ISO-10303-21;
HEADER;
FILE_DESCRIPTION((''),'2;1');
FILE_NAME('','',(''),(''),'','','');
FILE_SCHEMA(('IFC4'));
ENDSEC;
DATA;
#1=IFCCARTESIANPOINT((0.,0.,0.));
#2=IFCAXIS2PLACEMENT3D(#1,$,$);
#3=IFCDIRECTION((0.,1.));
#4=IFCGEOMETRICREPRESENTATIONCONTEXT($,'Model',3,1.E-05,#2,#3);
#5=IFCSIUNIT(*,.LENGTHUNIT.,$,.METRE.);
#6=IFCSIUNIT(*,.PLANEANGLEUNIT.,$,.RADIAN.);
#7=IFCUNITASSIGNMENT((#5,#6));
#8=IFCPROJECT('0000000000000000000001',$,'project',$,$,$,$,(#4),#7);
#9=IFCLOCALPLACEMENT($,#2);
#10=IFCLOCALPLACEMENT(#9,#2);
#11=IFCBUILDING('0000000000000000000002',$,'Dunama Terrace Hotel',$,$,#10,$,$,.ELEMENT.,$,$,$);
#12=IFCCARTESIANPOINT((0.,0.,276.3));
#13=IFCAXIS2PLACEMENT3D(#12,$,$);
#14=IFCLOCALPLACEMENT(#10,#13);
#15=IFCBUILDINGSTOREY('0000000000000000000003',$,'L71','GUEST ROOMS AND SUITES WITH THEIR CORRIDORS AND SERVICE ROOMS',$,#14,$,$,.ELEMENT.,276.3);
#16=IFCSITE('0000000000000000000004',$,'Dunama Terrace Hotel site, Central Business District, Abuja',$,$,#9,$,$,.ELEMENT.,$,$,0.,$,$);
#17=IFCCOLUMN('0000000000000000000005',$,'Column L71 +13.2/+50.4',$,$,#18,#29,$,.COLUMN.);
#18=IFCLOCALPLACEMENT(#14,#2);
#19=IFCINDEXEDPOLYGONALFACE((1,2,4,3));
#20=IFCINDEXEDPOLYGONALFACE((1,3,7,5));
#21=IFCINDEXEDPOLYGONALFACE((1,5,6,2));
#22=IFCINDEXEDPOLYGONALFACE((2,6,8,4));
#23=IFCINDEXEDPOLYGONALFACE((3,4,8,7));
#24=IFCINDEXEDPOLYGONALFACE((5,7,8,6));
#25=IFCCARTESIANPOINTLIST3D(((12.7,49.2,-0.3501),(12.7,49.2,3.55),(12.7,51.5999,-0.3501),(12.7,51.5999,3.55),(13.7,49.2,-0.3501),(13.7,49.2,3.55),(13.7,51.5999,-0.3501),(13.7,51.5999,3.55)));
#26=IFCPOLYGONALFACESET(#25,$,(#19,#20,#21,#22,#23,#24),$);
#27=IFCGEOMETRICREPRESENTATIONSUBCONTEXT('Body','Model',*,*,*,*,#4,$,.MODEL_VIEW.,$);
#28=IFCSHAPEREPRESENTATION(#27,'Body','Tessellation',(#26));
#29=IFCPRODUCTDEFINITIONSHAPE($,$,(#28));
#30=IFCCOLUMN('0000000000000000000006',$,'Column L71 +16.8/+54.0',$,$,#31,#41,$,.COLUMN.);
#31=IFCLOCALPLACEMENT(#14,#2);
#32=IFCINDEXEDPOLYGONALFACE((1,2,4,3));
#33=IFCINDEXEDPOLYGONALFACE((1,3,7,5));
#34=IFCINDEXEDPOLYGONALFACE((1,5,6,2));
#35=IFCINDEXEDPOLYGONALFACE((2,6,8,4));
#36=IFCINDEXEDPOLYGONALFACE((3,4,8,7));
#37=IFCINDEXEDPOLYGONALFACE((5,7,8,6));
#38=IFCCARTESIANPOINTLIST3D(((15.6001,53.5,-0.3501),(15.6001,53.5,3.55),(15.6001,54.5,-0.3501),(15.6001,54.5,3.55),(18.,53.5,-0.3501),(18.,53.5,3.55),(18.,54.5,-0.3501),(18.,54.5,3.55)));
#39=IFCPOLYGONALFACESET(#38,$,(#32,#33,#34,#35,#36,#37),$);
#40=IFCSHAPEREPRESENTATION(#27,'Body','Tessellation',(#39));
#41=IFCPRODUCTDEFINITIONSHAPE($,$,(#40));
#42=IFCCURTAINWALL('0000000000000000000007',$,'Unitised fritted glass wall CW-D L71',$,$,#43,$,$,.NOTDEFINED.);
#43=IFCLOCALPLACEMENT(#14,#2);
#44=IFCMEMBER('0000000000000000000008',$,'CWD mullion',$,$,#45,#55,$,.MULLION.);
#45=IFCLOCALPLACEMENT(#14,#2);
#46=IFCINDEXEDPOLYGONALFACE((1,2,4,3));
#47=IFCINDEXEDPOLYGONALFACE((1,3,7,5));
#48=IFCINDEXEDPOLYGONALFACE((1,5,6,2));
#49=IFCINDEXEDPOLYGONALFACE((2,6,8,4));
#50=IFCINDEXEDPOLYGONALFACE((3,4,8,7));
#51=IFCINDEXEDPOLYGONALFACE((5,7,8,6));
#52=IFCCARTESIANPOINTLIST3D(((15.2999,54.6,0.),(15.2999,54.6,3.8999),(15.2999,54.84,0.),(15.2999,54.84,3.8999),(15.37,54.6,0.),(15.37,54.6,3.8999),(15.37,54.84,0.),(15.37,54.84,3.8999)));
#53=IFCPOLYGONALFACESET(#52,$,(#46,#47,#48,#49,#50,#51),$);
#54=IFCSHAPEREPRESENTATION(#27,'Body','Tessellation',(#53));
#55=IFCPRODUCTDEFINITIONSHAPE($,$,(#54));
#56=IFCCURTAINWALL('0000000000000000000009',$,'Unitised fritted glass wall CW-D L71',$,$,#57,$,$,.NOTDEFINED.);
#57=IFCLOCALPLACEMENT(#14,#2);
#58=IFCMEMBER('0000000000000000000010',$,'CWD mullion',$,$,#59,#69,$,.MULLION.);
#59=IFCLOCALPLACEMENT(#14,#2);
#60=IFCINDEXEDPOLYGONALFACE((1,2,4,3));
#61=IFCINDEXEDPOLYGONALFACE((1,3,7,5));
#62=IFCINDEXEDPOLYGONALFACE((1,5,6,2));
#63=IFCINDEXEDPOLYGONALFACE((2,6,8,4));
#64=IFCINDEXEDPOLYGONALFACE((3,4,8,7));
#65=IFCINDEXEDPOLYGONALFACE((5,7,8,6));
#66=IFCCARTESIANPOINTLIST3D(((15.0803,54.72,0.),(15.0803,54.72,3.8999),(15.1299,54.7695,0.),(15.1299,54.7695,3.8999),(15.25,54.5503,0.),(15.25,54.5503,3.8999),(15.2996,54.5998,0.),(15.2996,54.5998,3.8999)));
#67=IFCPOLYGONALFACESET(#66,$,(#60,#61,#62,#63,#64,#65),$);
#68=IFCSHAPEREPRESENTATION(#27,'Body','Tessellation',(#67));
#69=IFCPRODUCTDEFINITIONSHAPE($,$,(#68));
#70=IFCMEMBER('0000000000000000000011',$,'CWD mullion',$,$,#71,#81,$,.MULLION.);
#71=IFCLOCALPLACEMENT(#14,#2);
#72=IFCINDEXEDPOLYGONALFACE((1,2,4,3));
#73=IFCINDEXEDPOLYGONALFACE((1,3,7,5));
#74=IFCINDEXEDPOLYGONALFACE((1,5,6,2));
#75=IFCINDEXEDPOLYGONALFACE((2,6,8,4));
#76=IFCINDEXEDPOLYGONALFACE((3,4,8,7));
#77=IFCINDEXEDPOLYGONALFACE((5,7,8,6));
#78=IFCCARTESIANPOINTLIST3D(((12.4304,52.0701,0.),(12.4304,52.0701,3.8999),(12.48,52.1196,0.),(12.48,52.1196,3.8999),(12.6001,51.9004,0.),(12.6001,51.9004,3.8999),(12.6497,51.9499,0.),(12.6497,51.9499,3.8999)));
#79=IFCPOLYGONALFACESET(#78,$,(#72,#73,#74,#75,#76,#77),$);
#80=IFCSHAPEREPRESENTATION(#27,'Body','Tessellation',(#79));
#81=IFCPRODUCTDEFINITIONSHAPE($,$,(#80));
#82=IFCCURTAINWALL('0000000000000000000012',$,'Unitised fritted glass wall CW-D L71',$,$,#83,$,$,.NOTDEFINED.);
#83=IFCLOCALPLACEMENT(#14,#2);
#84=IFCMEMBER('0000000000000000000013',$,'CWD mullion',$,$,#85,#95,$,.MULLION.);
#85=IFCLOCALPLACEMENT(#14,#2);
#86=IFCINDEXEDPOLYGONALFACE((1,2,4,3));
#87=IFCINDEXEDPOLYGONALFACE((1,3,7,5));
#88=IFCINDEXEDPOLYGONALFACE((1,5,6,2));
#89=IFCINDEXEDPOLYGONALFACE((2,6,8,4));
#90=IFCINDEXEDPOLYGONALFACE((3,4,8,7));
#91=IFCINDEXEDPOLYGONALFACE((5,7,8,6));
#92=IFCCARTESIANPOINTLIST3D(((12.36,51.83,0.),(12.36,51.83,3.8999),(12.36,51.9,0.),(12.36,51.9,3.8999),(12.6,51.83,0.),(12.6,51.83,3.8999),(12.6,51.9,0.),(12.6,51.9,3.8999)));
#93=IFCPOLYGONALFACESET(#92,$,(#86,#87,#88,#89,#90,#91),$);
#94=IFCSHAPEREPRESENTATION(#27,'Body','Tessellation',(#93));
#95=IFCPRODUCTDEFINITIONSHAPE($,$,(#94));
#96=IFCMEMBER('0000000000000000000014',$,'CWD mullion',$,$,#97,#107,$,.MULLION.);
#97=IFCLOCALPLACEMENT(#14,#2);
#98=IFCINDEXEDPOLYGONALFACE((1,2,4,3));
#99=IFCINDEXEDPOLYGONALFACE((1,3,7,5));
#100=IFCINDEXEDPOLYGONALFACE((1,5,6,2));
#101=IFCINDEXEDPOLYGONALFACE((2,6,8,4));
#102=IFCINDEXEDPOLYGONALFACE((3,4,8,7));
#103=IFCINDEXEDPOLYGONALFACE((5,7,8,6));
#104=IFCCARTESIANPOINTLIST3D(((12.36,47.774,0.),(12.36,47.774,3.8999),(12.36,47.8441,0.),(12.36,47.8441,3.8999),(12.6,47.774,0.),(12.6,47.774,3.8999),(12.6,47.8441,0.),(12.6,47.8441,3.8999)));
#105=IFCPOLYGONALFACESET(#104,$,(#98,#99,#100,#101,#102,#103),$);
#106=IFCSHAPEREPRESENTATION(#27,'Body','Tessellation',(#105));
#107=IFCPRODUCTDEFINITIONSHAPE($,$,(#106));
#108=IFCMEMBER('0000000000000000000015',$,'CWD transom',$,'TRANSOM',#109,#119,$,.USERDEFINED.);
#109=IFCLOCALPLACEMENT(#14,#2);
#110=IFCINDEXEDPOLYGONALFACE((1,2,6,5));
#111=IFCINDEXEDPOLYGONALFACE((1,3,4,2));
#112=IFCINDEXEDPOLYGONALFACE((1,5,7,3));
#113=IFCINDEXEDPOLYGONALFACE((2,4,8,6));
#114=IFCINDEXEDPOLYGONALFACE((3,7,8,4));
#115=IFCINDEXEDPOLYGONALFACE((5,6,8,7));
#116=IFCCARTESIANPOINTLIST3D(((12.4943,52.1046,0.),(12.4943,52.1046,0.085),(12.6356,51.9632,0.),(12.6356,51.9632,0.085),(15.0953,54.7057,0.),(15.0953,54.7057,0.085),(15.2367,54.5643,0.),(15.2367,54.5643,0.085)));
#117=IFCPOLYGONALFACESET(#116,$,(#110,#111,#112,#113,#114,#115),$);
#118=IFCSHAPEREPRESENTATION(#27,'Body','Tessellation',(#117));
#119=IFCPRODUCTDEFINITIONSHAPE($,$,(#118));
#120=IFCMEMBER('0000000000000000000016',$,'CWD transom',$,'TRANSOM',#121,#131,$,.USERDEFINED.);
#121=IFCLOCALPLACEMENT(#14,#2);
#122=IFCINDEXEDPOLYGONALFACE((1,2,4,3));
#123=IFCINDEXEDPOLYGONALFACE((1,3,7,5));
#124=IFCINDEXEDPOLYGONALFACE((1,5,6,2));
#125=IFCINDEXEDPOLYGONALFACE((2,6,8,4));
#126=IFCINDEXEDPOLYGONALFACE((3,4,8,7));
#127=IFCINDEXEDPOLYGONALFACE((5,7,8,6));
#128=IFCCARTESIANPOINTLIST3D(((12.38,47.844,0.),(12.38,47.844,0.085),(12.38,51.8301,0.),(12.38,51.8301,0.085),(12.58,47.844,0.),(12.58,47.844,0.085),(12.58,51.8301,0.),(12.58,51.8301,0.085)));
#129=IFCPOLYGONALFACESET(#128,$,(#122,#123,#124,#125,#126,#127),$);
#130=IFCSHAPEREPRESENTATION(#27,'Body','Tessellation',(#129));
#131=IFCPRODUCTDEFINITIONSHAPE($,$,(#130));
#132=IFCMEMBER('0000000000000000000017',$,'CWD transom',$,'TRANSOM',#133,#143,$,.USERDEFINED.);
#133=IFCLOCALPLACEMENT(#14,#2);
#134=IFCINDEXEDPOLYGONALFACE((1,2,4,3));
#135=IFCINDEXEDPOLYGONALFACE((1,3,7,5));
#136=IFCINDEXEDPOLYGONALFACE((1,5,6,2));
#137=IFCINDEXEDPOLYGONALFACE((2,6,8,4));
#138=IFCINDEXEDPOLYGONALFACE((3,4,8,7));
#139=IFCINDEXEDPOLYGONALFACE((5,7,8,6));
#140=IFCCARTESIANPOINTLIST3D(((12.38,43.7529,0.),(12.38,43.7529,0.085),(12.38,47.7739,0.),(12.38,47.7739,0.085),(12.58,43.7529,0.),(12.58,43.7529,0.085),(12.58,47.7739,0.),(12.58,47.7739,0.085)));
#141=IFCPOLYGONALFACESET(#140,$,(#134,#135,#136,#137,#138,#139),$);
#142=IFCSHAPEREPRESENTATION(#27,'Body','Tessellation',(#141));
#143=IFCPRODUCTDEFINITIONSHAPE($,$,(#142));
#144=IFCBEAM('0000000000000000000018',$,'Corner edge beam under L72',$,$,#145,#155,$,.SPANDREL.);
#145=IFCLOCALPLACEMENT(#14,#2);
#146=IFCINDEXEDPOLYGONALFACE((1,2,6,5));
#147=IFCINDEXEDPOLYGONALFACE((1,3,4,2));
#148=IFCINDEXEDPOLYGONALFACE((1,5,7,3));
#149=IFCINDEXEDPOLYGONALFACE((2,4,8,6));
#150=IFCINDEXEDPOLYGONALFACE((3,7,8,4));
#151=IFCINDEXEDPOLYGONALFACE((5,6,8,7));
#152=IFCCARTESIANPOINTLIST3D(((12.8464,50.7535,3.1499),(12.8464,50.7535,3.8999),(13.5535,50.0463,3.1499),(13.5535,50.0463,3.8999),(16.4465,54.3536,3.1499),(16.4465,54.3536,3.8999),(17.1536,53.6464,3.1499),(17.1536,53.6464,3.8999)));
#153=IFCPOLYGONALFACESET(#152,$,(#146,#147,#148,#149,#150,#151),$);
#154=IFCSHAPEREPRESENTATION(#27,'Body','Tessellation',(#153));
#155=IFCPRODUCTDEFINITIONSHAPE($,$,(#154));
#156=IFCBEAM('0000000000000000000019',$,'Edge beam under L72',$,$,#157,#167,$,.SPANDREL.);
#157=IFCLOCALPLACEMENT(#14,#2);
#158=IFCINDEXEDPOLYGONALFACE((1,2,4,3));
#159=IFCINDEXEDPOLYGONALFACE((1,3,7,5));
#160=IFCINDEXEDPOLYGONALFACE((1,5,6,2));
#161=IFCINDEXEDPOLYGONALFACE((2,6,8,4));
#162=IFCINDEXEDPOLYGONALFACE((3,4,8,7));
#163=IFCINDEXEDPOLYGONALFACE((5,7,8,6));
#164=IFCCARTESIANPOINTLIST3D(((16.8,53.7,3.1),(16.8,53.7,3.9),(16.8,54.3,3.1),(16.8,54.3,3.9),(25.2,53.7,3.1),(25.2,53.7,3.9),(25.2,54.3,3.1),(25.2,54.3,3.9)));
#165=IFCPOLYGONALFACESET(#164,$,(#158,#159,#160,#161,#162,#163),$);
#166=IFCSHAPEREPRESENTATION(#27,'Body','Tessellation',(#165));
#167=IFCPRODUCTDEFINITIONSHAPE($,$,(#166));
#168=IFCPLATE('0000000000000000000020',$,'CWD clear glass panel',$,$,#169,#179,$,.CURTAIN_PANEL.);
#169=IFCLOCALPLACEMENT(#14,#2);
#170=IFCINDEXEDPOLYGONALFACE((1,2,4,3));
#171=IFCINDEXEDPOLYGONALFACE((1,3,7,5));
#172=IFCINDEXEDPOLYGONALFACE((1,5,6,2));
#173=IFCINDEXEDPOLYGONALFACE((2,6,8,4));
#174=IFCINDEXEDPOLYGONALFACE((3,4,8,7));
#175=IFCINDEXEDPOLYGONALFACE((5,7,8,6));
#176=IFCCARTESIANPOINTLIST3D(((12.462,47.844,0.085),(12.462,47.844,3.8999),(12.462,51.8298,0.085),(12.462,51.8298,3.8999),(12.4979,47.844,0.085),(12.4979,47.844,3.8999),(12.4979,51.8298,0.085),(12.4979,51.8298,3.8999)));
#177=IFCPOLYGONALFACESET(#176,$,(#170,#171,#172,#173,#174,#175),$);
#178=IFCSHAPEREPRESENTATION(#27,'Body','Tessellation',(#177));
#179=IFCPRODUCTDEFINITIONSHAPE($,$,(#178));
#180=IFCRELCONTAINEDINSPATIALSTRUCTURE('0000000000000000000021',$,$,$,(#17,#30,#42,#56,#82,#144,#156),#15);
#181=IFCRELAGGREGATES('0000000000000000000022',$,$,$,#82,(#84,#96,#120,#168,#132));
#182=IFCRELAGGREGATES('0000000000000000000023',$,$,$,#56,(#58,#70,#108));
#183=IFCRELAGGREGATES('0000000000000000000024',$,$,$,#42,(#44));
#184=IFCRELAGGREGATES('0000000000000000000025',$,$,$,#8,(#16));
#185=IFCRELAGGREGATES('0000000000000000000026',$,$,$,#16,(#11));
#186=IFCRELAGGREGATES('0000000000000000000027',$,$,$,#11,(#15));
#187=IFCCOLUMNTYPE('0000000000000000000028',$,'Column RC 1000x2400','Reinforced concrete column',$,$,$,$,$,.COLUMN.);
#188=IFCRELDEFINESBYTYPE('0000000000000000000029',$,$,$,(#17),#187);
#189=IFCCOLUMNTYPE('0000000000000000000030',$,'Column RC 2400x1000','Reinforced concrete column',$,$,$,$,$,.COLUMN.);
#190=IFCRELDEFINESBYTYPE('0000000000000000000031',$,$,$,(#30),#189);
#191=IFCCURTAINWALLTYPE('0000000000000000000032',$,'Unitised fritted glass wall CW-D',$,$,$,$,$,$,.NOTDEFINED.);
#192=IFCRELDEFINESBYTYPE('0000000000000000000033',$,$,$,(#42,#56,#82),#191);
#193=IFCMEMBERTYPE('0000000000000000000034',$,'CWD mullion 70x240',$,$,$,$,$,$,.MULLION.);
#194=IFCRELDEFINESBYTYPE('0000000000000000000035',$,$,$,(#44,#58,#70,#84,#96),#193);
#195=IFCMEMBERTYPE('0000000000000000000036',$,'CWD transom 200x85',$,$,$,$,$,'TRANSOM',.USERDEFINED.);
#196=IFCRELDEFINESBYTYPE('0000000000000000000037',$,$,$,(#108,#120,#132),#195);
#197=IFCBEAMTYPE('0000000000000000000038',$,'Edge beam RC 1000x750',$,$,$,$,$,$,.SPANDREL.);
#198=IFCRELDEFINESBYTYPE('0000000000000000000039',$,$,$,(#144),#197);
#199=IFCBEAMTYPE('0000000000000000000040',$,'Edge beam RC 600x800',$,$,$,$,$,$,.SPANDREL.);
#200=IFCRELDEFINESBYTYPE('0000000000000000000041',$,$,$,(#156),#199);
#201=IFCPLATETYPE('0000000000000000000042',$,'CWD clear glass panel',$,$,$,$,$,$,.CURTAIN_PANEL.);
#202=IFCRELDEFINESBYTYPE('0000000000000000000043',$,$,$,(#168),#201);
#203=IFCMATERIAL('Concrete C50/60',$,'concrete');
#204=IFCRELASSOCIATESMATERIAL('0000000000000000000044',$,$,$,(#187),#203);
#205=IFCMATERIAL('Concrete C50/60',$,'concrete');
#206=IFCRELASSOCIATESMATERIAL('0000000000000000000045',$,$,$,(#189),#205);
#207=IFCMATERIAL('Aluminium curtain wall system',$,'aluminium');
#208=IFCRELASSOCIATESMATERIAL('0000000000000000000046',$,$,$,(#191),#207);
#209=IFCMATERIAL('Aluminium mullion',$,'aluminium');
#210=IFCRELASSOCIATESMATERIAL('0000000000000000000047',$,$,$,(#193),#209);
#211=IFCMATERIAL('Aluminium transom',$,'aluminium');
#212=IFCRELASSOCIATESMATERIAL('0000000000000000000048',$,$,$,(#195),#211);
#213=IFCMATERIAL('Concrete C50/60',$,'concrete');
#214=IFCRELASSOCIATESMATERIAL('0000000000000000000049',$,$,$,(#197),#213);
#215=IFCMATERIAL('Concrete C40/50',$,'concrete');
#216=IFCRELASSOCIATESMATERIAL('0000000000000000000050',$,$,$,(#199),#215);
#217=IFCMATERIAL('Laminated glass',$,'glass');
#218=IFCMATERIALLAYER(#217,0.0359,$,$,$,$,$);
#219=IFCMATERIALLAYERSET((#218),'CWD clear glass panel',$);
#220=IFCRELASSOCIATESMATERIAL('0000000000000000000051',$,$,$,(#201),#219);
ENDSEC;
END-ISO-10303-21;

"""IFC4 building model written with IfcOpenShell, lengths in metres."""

from ifc_helpers import new_model, si_unit, direction, frame, origin, origin_2d, place, context, subcontext, project, spatial, rectangle, extrude, material, layer, layer_set, material_profile, profile_set, type_object, element, aggregate, save


model = new_model("IFC4")

# Units and contexts
model_context = context("Model", 3, precision=1e-05, world=origin(), true_north=direction((0.0, 1.0)))
body_context = subcontext(model_context, "Body", "Model", "MODEL_VIEW")
ifc_project = project(units=[si_unit("LENGTHUNIT", "METRE"), si_unit("PLANEANGLEUNIT", "RADIAN")], contexts=[model_context])

# Site, building, storey
site_placement = place(None, origin())
site = spatial("IfcSite", under=ifc_project, at=site_placement, Name="Dunama Terrace Hotel site, Central Business District, Abuja", CompositionType="ELEMENT", RefElevation=0.0)
building_placement = place(site_placement, origin())
building = spatial("IfcBuilding", under=site, at=building_placement, Name="Dunama Terrace Hotel", CompositionType="ELEMENT")
storey_placement = place(building_placement, frame((0.0, 0.0, 276.3)))
storey = spatial("IfcBuildingStorey", under=building, at=storey_placement, Name="L71", Description="GUEST ROOMS AND SUITES WITH THEIR CORRIDORS AND SERVICE ROOMS", CompositionType="ELEMENT", Elevation=276.3)

# Columns
ifc_material_1 = material(Name="Concrete C50/60", Category="concrete")
ifc_material_profile_1 = material_profile(ifc_material_1, rectangle(XDim=1.0, YDim=2.3999, at=origin_2d()), Name="RC 1000x2400")
ifc_profile_set_1 = profile_set([ifc_material_profile_1], Name="Concrete C50/60")
column_type_1 = type_object("IfcColumnType", Name="Column RC 1000x2400", Description="Reinforced concrete column", PredefinedType="COLUMN", material=ifc_profile_set_1)
column_1_placement = place(storey_placement, frame((13.2, 50.3999, -0.3501), z_axis=(0.0, 0.0, 1.0), x_axis=(1.0, 0.0, 0.0)))
element("IfcColumn", 1, at=column_1_placement, inside=storey, type_object=column_type_1, Name="Column L71 +13.2/+50.4", PredefinedType="COLUMN", context=body_context, shape_type="SweptSolid", body=[
    extrude(rectangle(XDim=1.0, YDim=2.3999, at=origin_2d()), origin(), (0.0, 0.0, 1.0), 3.9001),
])
ifc_material_2 = material(Name="Concrete C50/60", Category="concrete")
ifc_material_profile_2 = material_profile(ifc_material_2, rectangle(XDim=2.3999, YDim=1.0, at=origin_2d()), Name="RC 2400x1000")
ifc_profile_set_2 = profile_set([ifc_material_profile_2], Name="Concrete C50/60")
column_type_2 = type_object("IfcColumnType", Name="Column RC 2400x1000", Description="Reinforced concrete column", PredefinedType="COLUMN", material=ifc_profile_set_2)
column_2_placement = place(storey_placement, frame((16.8, 54.0, -0.3501), z_axis=(0.0, 0.0, 1.0), x_axis=(1.0, 0.0, 0.0)))
element("IfcColumn", 2, at=column_2_placement, inside=storey, type_object=column_type_2, Name="Column L71 +16.8/+54.0", PredefinedType="COLUMN", context=body_context, shape_type="SweptSolid", body=[
    extrude(rectangle(XDim=2.3999, YDim=1.0, at=origin_2d()), origin(), (0.0, 0.0, 1.0), 3.9001),
])

# Curtain wall, member
ifc_material_3 = material(Name="Aluminium curtain wall system", Category="aluminium")
curtain_wall_type = type_object("IfcCurtainWallType", Name="Unitised fritted glass wall CW-D", PredefinedType="NOTDEFINED", material=ifc_material_3)
curtain_wall_1_placement = place(storey_placement, origin())
curtain_wall_1 = element("IfcCurtainWall", 3, at=curtain_wall_1_placement, inside=storey, type_object=curtain_wall_type, Name="Unitised fritted glass wall CW-D L71", PredefinedType="NOTDEFINED")
ifc_material_4 = material(Name="Aluminium mullion", Category="aluminium")
ifc_material_profile_3 = material_profile(ifc_material_4, rectangle(XDim=0.0701, YDim=0.24, at=origin_2d()), Name="CWD MULLION 70X240")
ifc_profile_set_3 = profile_set([ifc_material_profile_3], Name="Aluminium mullion")
member_type_1 = type_object("IfcMemberType", Name="CWD mullion 70x240", PredefinedType="MULLION", material=ifc_profile_set_3)
member_1_placement = place(storey_placement, frame((15.335, 54.72, 0.0), z_axis=(0.0, 0.0, 1.0), x_axis=(-1.0, 0.0, 0.0)))
member_1 = element("IfcMember", 4, at=member_1_placement, type_object=member_type_1, Name="CWD mullion", PredefinedType="MULLION", context=body_context, shape_type="SweptSolid", body=[
    extrude(rectangle(XDim=0.0701, YDim=0.24, at=origin_2d()), origin(), (0.0, 0.0, 1.0), 3.8999),
])

# Curtain walls, members
curtain_wall_2_placement = place(storey_placement, origin())
curtain_wall_2 = element("IfcCurtainWall", 5, at=curtain_wall_2_placement, inside=storey, type_object=curtain_wall_type, Name="Unitised fritted glass wall CW-D L71", PredefinedType="NOTDEFINED")
member_2_placement = place(storey_placement, frame((15.1899, 54.6599, 0.0), z_axis=(0.0, 0.0, 1.0), x_axis=(-0.707107, -0.707107, 0.0)))
member_2 = element("IfcMember", 6, at=member_2_placement, type_object=member_type_1, Name="CWD mullion", PredefinedType="MULLION", context=body_context, shape_type="SweptSolid", body=[
    extrude(rectangle(XDim=0.0701, YDim=0.24, at=origin_2d()), origin(), (0.0, 0.0, 1.0), 3.8999),
])
member_3_placement = place(storey_placement, frame((12.54, 52.01, 0.0), z_axis=(0.0, 0.0, 1.0), x_axis=(-0.707107, -0.707107, 0.0)))
member_3 = element("IfcMember", 7, at=member_3_placement, type_object=member_type_1, Name="CWD mullion", PredefinedType="MULLION", context=body_context, shape_type="SweptSolid", body=[
    extrude(rectangle(XDim=0.0701, YDim=0.24, at=origin_2d()), origin(), (0.0, 0.0, 1.0), 3.8999),
])
curtain_wall_3_placement = place(storey_placement, origin())
curtain_wall_3 = element("IfcCurtainWall", 8, at=curtain_wall_3_placement, inside=storey, type_object=curtain_wall_type, Name="Unitised fritted glass wall CW-D L71", PredefinedType="NOTDEFINED")
member_4_placement = place(storey_placement, frame((12.48, 51.865, 0.0), z_axis=(0.0, 0.0, 1.0), x_axis=(0.0, -1.0, 0.0)))
member_4 = element("IfcMember", 9, at=member_4_placement, type_object=member_type_1, Name="CWD mullion", PredefinedType="MULLION", context=body_context, shape_type="SweptSolid", body=[
    extrude(rectangle(XDim=0.0701, YDim=0.24, at=origin_2d()), origin(), (0.0, 0.0, 1.0), 3.8999),
])
member_5_placement = place(storey_placement, frame((12.48, 47.8091, 0.0), z_axis=(0.0, 0.0, 1.0), x_axis=(0.0, -1.0, 0.0)))
member_5 = element("IfcMember", 10, at=member_5_placement, type_object=member_type_1, Name="CWD mullion", PredefinedType="MULLION", context=body_context, shape_type="SweptSolid", body=[
    extrude(rectangle(XDim=0.0701, YDim=0.24, at=origin_2d()), origin(), (0.0, 0.0, 1.0), 3.8999),
])

# Members
ifc_material_5 = material(Name="Aluminium transom", Category="aluminium")
ifc_material_profile_4 = material_profile(ifc_material_5, rectangle(XDim=0.2, YDim=0.085, at=origin_2d()), Name="CWD TRANSOM 200X85")
ifc_profile_set_4 = profile_set([ifc_material_profile_4], Name="Aluminium transom")
member_type_2 = type_object("IfcMemberType", Name="CWD transom 200x85", ElementType="TRANSOM", PredefinedType="USERDEFINED", material=ifc_profile_set_4)
member_6_placement = place(storey_placement, frame((15.166, 54.635, 0.0425), z_axis=(-0.707107, -0.707107, 0.0), x_axis=(0.707107, -0.707107, 0.0)))
member_6 = element("IfcMember", 11, at=member_6_placement, type_object=member_type_2, Name="CWD transom", ObjectType="TRANSOM", PredefinedType="USERDEFINED", context=body_context, shape_type="SweptSolid", body=[
    extrude(rectangle(XDim=0.2, YDim=0.085, at=origin_2d()), origin(), (0.0, 0.0, 1.0), 3.6785),
])
member_7_placement = place(storey_placement, frame((12.48, 51.8301, 0.0425), z_axis=(0.0, -1.0, 0.0), x_axis=(1.0, 0.0, 0.0)))
member_7 = element("IfcMember", 12, at=member_7_placement, type_object=member_type_2, Name="CWD transom", ObjectType="TRANSOM", PredefinedType="USERDEFINED", context=body_context, shape_type="SweptSolid", body=[
    extrude(rectangle(XDim=0.2, YDim=0.085, at=origin_2d()), origin(), (0.0, 0.0, 1.0), 3.9861),
])
member_8_placement = place(storey_placement, frame((12.48, 47.7739, 0.0425), z_axis=(0.0, -1.0, 0.0), x_axis=(1.0, 0.0, 0.0)))
member_8 = element("IfcMember", 13, at=member_8_placement, type_object=member_type_2, Name="CWD transom", ObjectType="TRANSOM", PredefinedType="USERDEFINED", context=body_context, shape_type="SweptSolid", body=[
    extrude(rectangle(XDim=0.2, YDim=0.085, at=origin_2d()), origin(), (0.0, 0.0, 1.0), 4.021),
])

# Beams
ifc_material_6 = material(Name="Concrete C50/60", Category="concrete")
ifc_material_profile_5 = material_profile(ifc_material_6, rectangle(XDim=1.0, YDim=0.75, at=origin_2d()), Name="RC 1000x750")
ifc_profile_set_5 = profile_set([ifc_material_profile_5], Name="Concrete C50/60")
beam_type_1 = type_object("IfcBeamType", Name="Edge beam RC 1000x750", PredefinedType="SPANDREL", material=ifc_profile_set_5)
beam_1_placement = place(storey_placement, frame((16.8, 54.0, 3.5249), z_axis=(-0.707107, -0.707107, 0.0), x_axis=(0.707107, -0.707107, 0.0)))
element("IfcBeam", 14, at=beam_1_placement, inside=storey, type_object=beam_type_1, Name="Corner edge beam under L72", PredefinedType="SPANDREL", context=body_context, shape_type="SweptSolid", body=[
    extrude(rectangle(XDim=1.0, YDim=0.75, at=origin_2d()), origin(), (0.0, 0.0, 1.0), 5.0913),
])
ifc_material_7 = material(Name="Concrete C40/50", Category="concrete")
ifc_material_profile_6 = material_profile(ifc_material_7, rectangle(XDim=0.6001, YDim=0.8, at=origin_2d()), Name="RC 600x800")
ifc_profile_set_6 = profile_set([ifc_material_profile_6], Name="Concrete C40/50")
beam_type_2 = type_object("IfcBeamType", Name="Edge beam RC 600x800", PredefinedType="SPANDREL", material=ifc_profile_set_6)
beam_2_placement = place(storey_placement, frame((16.8, 54.0, 3.5), z_axis=(1.0, 0.0, 0.0), x_axis=(0.0, 1.0, 0.0)))
element("IfcBeam", 15, at=beam_2_placement, inside=storey, type_object=beam_type_2, Name="Edge beam under L72", PredefinedType="SPANDREL", context=body_context, shape_type="SweptSolid", body=[
    extrude(rectangle(XDim=0.6001, YDim=0.8, at=origin_2d()), origin(), (0.0, 0.0, 1.0), 8.3999),
])

# Plate
ifc_material_8 = material(Name="Laminated glass", Category="glass")
ifc_layer_1 = layer(ifc_material_8, 0.0359)
ifc_layer_set_1 = layer_set([ifc_layer_1], Name="CWD clear glass panel")
plate_type_1 = type_object("IfcPlateType", Name="CWD clear glass panel", PredefinedType="CURTAIN_PANEL", material=ifc_layer_set_1)
plate_1_placement = place(storey_placement, frame((12.48, 49.8369, 0.085), z_axis=(0.0, 0.0, 1.0), x_axis=(0.0, -1.0, 0.0)))
plate_1 = element("IfcPlate", 16, at=plate_1_placement, type_object=plate_type_1, Name="CWD clear glass panel", PredefinedType="CURTAIN_PANEL", context=body_context, shape_type="SweptSolid", body=[
    extrude(rectangle(XDim=3.9858, YDim=0.0359, at=origin_2d()), origin(), (0.0, 0.0, 1.0), 3.8149),
])
aggregate(curtain_wall_3, [member_4, member_5, member_7, plate_1, member_8])
aggregate(curtain_wall_2, [member_2, member_3, member_6])
aggregate(curtain_wall_1, [member_1])

save(model, "model.ifc")
